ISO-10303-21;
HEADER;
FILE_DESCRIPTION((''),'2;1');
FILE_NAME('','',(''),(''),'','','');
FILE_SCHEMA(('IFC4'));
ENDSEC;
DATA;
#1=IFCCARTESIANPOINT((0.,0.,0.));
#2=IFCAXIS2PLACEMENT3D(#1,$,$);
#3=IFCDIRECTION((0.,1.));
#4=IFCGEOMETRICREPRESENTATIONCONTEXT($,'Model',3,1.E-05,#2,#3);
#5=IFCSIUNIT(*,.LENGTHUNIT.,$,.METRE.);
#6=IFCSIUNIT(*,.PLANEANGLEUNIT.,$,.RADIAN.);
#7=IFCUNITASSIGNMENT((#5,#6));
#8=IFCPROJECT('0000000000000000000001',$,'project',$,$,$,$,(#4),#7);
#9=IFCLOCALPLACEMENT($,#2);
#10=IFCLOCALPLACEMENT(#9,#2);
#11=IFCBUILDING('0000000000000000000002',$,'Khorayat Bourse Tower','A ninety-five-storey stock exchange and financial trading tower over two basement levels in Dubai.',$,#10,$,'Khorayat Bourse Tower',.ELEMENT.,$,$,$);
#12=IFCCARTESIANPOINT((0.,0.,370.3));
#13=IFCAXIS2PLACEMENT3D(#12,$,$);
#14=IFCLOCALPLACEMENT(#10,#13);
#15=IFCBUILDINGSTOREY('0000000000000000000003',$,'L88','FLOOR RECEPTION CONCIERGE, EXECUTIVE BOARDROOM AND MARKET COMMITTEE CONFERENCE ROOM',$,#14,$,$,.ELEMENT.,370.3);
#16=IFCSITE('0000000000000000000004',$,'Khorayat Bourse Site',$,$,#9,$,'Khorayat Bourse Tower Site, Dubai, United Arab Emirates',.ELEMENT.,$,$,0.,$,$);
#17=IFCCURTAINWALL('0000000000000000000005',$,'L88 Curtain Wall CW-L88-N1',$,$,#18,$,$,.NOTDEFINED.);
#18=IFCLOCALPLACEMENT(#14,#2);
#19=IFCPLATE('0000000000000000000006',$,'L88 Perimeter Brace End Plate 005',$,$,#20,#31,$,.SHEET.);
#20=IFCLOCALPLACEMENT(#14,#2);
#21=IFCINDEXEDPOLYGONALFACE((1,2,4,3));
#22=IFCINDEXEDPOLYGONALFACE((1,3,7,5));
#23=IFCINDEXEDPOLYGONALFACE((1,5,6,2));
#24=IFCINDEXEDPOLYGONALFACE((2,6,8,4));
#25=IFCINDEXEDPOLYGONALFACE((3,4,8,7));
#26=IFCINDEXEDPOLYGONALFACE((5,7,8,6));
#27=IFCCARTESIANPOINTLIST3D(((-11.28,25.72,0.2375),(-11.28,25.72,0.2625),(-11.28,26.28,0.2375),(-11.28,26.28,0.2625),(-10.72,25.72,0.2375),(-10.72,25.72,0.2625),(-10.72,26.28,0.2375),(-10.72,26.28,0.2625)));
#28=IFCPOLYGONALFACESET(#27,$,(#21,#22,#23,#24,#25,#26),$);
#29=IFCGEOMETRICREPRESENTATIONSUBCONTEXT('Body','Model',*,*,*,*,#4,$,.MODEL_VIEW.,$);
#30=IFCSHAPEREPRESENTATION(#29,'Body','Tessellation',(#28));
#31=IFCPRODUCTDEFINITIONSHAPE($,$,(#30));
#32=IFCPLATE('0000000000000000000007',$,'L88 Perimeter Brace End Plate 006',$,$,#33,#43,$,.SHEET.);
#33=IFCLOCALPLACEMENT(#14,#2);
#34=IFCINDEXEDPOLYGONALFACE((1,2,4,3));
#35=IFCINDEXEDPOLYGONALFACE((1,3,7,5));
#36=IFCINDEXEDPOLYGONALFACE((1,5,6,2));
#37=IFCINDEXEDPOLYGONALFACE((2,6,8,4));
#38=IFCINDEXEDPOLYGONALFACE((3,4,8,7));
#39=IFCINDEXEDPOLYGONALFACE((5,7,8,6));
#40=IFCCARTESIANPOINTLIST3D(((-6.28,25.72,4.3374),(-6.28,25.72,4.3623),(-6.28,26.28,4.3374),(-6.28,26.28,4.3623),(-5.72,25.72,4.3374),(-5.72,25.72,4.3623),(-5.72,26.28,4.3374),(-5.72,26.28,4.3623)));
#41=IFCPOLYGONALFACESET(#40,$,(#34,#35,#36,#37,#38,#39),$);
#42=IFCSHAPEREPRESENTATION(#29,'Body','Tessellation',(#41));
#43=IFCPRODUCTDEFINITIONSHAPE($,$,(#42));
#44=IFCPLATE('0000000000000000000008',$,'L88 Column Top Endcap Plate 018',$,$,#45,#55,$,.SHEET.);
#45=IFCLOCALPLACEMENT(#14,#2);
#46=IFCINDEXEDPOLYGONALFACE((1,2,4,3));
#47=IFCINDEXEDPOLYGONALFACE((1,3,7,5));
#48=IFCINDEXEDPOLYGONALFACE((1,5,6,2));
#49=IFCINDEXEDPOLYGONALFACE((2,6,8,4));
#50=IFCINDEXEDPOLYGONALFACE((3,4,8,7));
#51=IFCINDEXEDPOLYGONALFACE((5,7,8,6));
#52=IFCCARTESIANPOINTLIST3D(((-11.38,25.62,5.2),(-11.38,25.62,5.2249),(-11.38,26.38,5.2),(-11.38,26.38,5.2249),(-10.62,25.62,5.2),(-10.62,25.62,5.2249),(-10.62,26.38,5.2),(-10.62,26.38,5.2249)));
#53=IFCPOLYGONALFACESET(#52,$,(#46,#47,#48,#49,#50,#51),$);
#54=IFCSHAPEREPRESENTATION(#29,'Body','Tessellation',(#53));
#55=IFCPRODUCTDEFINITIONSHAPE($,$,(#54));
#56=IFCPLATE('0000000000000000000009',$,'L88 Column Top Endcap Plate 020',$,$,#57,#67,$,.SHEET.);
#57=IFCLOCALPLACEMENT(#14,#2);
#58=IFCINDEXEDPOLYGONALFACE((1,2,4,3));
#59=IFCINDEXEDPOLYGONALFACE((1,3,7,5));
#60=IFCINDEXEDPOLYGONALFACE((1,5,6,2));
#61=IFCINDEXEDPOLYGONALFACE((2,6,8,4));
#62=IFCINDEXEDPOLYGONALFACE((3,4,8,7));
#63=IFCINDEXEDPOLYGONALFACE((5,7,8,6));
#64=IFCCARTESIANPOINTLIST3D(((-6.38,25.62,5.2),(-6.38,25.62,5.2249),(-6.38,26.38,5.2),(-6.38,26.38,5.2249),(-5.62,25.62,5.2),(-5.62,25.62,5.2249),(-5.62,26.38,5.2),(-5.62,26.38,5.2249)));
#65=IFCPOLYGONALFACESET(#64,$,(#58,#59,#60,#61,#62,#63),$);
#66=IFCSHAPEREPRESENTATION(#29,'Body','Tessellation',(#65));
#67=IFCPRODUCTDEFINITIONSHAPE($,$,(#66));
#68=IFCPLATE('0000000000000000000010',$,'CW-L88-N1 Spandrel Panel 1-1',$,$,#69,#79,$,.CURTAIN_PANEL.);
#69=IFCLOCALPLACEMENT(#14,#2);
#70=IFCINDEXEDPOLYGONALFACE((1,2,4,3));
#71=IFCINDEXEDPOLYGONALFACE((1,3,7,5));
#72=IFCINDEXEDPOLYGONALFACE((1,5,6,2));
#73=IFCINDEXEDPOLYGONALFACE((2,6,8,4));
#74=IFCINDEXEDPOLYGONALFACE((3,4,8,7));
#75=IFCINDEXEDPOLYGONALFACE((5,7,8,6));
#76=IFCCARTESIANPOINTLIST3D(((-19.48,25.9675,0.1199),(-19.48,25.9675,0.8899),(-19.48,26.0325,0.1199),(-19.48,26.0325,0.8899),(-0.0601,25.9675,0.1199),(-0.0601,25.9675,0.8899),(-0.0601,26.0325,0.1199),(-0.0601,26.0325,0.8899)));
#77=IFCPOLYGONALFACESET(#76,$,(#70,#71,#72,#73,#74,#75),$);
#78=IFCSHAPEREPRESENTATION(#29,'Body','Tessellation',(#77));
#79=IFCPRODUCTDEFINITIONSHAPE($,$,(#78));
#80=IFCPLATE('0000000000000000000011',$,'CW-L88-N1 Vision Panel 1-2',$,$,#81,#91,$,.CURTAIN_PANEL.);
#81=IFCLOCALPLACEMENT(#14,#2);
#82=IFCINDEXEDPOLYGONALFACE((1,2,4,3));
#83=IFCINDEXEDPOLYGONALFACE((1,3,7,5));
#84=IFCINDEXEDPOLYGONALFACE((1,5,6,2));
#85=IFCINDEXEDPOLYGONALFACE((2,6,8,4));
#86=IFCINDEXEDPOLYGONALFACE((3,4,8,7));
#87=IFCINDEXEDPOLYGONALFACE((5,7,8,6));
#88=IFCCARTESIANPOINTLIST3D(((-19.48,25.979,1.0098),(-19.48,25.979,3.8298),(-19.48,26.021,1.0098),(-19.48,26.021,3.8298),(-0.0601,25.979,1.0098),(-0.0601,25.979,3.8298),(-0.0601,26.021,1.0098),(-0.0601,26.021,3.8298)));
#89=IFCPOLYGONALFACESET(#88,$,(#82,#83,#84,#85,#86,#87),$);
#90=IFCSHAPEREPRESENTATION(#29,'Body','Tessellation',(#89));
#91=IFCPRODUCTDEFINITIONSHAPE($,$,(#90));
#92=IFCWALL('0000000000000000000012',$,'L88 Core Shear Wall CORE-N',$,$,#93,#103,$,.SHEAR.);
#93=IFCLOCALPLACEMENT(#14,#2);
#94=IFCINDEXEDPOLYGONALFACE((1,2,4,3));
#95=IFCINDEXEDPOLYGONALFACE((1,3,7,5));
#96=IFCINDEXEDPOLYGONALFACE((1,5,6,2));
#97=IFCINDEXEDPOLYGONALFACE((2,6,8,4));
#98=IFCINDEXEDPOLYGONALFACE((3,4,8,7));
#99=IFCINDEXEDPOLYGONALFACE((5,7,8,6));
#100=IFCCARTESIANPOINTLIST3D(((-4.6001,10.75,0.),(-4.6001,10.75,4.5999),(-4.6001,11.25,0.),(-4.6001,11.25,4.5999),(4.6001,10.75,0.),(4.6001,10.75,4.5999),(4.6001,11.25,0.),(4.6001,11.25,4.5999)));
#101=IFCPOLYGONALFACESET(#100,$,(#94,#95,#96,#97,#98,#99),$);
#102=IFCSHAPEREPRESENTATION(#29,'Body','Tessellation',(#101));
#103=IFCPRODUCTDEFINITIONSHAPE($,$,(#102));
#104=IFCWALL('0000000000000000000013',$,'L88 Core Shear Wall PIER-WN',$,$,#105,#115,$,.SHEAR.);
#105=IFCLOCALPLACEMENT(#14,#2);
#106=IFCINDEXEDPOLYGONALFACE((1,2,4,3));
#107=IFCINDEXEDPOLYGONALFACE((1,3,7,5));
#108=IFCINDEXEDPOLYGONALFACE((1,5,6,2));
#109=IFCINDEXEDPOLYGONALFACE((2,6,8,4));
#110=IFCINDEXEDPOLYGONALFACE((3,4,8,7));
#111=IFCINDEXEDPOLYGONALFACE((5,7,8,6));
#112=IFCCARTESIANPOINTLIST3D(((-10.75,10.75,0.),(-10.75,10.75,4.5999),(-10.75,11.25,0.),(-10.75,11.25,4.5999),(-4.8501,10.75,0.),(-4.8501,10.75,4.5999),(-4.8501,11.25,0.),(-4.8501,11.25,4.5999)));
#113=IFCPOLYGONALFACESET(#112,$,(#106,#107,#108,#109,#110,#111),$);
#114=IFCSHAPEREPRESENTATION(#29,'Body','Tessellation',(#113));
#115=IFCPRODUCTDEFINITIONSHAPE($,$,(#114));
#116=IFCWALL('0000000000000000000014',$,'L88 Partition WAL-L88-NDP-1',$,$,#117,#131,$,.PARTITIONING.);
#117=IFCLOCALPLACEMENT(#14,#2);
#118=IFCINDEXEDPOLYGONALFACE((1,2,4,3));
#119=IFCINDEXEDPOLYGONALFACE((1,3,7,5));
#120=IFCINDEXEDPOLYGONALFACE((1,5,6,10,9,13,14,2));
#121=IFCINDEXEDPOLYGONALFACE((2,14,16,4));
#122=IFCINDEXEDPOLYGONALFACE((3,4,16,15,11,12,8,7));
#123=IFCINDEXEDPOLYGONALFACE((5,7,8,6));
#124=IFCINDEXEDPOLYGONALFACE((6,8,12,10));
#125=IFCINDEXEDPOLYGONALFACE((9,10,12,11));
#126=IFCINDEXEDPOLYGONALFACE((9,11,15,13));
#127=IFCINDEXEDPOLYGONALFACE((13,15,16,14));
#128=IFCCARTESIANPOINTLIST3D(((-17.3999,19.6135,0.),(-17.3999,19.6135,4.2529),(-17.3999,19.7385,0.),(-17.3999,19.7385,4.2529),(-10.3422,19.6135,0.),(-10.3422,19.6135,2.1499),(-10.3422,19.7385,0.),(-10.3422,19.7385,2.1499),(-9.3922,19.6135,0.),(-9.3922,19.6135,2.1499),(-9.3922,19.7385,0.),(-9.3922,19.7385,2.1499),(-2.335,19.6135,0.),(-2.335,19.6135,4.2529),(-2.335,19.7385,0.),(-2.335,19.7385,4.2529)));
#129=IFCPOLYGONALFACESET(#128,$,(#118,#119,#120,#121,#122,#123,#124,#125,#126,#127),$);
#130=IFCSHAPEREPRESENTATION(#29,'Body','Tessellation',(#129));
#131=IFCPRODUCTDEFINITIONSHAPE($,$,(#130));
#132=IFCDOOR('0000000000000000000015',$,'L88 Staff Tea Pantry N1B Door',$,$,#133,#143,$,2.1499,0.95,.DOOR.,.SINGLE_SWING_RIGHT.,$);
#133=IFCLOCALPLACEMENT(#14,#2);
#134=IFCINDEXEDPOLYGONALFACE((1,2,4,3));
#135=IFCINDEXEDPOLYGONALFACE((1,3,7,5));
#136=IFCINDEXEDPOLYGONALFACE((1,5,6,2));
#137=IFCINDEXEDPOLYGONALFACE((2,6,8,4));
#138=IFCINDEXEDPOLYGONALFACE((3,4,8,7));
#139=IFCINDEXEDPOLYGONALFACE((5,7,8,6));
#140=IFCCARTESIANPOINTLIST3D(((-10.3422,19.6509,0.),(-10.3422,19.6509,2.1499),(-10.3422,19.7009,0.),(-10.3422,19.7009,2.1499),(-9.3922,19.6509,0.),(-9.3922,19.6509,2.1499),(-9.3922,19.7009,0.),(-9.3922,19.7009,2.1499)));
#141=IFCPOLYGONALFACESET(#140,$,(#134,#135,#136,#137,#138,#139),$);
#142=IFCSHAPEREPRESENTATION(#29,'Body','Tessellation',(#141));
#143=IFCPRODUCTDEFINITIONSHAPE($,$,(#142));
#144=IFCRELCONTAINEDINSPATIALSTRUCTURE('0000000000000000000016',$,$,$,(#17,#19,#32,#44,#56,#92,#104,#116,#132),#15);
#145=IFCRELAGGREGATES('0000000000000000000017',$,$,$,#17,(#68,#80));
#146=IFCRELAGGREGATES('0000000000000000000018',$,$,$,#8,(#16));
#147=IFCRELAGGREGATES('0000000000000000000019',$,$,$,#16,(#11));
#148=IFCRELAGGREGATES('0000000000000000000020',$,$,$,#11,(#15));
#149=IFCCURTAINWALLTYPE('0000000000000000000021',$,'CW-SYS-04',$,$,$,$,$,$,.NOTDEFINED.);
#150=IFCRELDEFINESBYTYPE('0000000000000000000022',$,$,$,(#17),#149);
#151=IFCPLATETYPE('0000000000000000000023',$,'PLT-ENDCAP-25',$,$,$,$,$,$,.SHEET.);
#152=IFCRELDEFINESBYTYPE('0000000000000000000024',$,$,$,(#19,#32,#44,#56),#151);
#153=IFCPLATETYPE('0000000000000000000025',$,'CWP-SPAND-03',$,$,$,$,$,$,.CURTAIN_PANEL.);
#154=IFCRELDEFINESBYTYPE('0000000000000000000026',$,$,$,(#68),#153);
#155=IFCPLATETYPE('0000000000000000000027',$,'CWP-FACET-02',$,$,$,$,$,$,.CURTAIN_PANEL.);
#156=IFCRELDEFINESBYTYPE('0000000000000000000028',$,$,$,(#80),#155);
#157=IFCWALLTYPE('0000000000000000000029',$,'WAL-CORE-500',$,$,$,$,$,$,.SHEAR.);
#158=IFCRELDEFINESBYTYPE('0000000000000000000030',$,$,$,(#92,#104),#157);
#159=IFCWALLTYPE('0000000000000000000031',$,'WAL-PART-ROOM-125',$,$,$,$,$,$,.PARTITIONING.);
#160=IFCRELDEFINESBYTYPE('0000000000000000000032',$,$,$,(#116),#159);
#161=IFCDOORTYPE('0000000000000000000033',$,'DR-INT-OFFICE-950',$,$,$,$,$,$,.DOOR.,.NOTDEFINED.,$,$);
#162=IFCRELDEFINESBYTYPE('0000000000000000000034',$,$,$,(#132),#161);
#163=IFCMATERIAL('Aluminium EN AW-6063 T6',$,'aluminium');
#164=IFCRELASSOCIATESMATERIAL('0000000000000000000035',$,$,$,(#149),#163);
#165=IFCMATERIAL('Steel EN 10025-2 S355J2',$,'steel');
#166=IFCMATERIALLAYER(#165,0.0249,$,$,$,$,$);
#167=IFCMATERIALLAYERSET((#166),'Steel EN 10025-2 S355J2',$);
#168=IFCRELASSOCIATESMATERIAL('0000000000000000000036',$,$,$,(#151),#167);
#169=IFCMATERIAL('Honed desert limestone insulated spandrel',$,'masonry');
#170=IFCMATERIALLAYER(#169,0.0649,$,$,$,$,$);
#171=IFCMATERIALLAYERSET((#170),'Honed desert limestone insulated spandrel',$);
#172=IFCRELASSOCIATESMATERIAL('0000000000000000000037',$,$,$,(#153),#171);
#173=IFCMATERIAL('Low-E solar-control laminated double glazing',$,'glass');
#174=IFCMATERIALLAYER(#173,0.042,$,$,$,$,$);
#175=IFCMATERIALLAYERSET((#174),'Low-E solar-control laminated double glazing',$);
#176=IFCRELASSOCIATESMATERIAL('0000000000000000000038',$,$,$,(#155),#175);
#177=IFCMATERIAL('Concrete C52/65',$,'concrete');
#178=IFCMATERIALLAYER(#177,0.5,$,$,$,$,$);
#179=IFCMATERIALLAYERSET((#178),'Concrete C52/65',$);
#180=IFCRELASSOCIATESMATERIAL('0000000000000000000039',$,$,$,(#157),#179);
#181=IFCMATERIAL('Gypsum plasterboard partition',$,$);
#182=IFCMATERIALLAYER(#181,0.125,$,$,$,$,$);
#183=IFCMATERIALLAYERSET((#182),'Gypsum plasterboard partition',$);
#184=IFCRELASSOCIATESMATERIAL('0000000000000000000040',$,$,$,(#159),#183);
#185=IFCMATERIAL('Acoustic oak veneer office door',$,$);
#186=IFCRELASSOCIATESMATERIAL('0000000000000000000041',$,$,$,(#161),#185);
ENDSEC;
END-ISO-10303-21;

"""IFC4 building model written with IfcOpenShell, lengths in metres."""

from ifc_helpers import new_model, si_unit, direction, frame, frame_2d, origin, origin_2d, place, context, subcontext, project, spatial, rectangle, extrude, source, transform, mapped, material, layer, layer_set, type_object, element, fill, aggregate, save


model = new_model("IFC4")

# Units and contexts
model_context = context("Model", 3, precision=1e-05, world=origin(), true_north=direction((0.0, 1.0)))
body_context = subcontext(model_context, "Body", "Model", "MODEL_VIEW")
ifc_project = project(units=[si_unit("LENGTHUNIT", "METRE"), si_unit("PLANEANGLEUNIT", "RADIAN")], contexts=[model_context])

# Site, building, storey
site_placement = place(None, origin())
site = spatial("IfcSite", under=ifc_project, at=site_placement, Name="Khorayat Bourse Site", LongName="Khorayat Bourse Tower Site, Dubai, United Arab Emirates", CompositionType="ELEMENT", RefElevation=0.0)
building_placement = place(site_placement, origin())
building = spatial("IfcBuilding", under=site, at=building_placement, Name="Khorayat Bourse Tower", Description="A ninety-five-storey stock exchange and financial trading tower over two basement levels in Dubai.", LongName="Khorayat Bourse Tower", CompositionType="ELEMENT")
storey_placement = place(building_placement, frame((0.0, 0.0, 370.3)))
storey = spatial("IfcBuildingStorey", under=building, at=storey_placement, Name="L88", Description="FLOOR RECEPTION CONCIERGE, EXECUTIVE BOARDROOM AND MARKET COMMITTEE CONFERENCE ROOM", CompositionType="ELEMENT", Elevation=370.3)

# Shared definitions
ifc_material_1 = material(Name="Concrete C52/65", Category="concrete")
ifc_material_2 = material(Name="Steel EN 10025-2 S355J2", Category="steel")

# Curtain wall
ifc_material_3 = material(Name="Aluminium EN AW-6063 T6", Category="aluminium")
curtain_wall_type = type_object("IfcCurtainWallType", Name="CW-SYS-04", PredefinedType="NOTDEFINED", material=ifc_material_3)
curtain_wall_placement = place(storey_placement, origin())
curtain_wall = element("IfcCurtainWall", 1, at=curtain_wall_placement, inside=storey, type_object=curtain_wall_type, Name="L88 Curtain Wall CW-L88-N1", PredefinedType="NOTDEFINED")

# Plates
ifc_layer_1 = layer(ifc_material_2, 0.0249)
ifc_layer_set_1 = layer_set([ifc_layer_1], Name="Steel EN 10025-2 S355J2")
plate_type_1 = type_object("IfcPlateType", Name="PLT-ENDCAP-25", PredefinedType="SHEET", material=ifc_layer_set_1)
shared_shape_1 = source(origin(), body_context, "Body", "SweptSolid", [
    extrude(rectangle(XDim=0.5601, YDim=0.5601, at=origin_2d()), origin(), (0.0, 0.0, 1.0), 0.0249),
])
for number, where, z_axis, x_axis, name in (
    (2, (-11.0, 26.0, 0.2375), (0.0, 0.0, 1.0), (1.0, 0.0, 0.0), "L88 Perimeter Brace End Plate 005"),
    (3, (-6.0, 26.0, 4.3374), (0.0, 0.0, 1.0), (1.0, 0.0, 0.0), "L88 Perimeter Brace End Plate 006"),
):
    element("IfcPlate", number, at=place(storey_placement, frame(where, z_axis=z_axis, x_axis=x_axis)), inside=storey, type_object=plate_type_1, Name=name, PredefinedType="SHEET", context=body_context, shape_type="MappedRepresentation", body=[
        mapped(shared_shape_1, transform((0.0, 0.0, 0.0), scale=1.0)),
    ])
shared_shape_2 = source(origin(), body_context, "Body", "SweptSolid", [
    extrude(rectangle(XDim=0.76, YDim=0.76, at=origin_2d()), origin(), (0.0, 0.0, 1.0), 0.0249),
])
for number, where, z_axis, x_axis, name in (
    (4, (-11.0, 26.0, 5.2), (0.0, 0.0, 1.0), (1.0, 0.0, 0.0), "L88 Column Top Endcap Plate 018"),
    (5, (-6.0, 26.0, 5.2), (0.0, 0.0, 1.0), (1.0, 0.0, 0.0), "L88 Column Top Endcap Plate 020"),
):
    element("IfcPlate", number, at=place(storey_placement, frame(where, z_axis=z_axis, x_axis=x_axis)), inside=storey, type_object=plate_type_1, Name=name, PredefinedType="SHEET", context=body_context, shape_type="MappedRepresentation", body=[
        mapped(shared_shape_2, transform((0.0, 0.0, 0.0), scale=1.0)),
    ])

# Plates
ifc_material_4 = material(Name="Honed desert limestone insulated spandrel", Category="masonry")
ifc_layer_2 = layer(ifc_material_4, 0.0649)
ifc_layer_set_2 = layer_set([ifc_layer_2], Name="Honed desert limestone insulated spandrel")
plate_type_2 = type_object("IfcPlateType", Name="CWP-SPAND-03", PredefinedType="CURTAIN_PANEL", material=ifc_layer_set_2)
shared_shape_3 = source(origin(), body_context, "Body", "SweptSolid", [
    extrude(rectangle(XDim=19.4199, YDim=0.0649, at=origin_2d()), origin(), (0.0, 0.0, 1.0), 0.77),
])
plate_1_placement = place(storey_placement, frame((-9.77, 26.0, 0.1199), z_axis=(0.0, 0.0, 1.0), x_axis=(1.0, 0.0, 0.0)))
plate_1 = element("IfcPlate", 6, at=plate_1_placement, type_object=plate_type_2, Name="CW-L88-N1 Spandrel Panel 1-1", PredefinedType="CURTAIN_PANEL", context=body_context, shape_type="MappedRepresentation", body=[
    mapped(shared_shape_3, transform((0.0, 0.0, 0.0), scale=1.0)),
])
ifc_material_5 = material(Name="Low-E solar-control laminated double glazing", Category="glass")
ifc_layer_3 = layer(ifc_material_5, 0.042)
ifc_layer_set_3 = layer_set([ifc_layer_3], Name="Low-E solar-control laminated double glazing")
plate_type_3 = type_object("IfcPlateType", Name="CWP-FACET-02", PredefinedType="CURTAIN_PANEL", material=ifc_layer_set_3)
shared_shape_4 = source(origin(), body_context, "Body", "SweptSolid", [
    extrude(rectangle(XDim=19.4199, YDim=0.042, at=origin_2d()), origin(), (0.0, 0.0, 1.0), 2.8201),
])
plate_2_placement = place(storey_placement, frame((-9.77, 26.0, 1.0098), z_axis=(0.0, 0.0, 1.0), x_axis=(1.0, 0.0, 0.0)))
plate_2 = element("IfcPlate", 7, at=plate_2_placement, type_object=plate_type_3, Name="CW-L88-N1 Vision Panel 1-2", PredefinedType="CURTAIN_PANEL", context=body_context, shape_type="MappedRepresentation", body=[
    mapped(shared_shape_4, transform((0.0, 0.0, 0.0), scale=1.0)),
])
aggregate(curtain_wall, [plate_1, plate_2])

# Walls
ifc_layer_4 = layer(ifc_material_1, 0.5)
ifc_layer_set_4 = layer_set([ifc_layer_4], Name="Concrete C52/65")
wall_type_1 = type_object("IfcWallType", Name="WAL-CORE-500", PredefinedType="SHEAR", material=ifc_layer_set_4)
shared_shape_5 = source(origin(), body_context, "Body", "SweptSolid", [
    extrude(rectangle(XDim=9.2002, YDim=0.5, at=frame_2d((4.6001, 0.0))), origin(), (0.0, 0.0, 1.0), 4.5999),
])
wall_1_placement = place(storey_placement, frame((-4.6001, 11.0, 0.0), z_axis=(0.0, 0.0, 1.0), x_axis=(1.0, 0.0, 0.0)))
element("IfcWall", 8, at=wall_1_placement, inside=storey, type_object=wall_type_1, Name="L88 Core Shear Wall CORE-N", PredefinedType="SHEAR", context=body_context, shape_type="MappedRepresentation", body=[
    mapped(shared_shape_5, transform((0.0, 0.0, 0.0), scale=1.0)),
])
shared_shape_6 = source(origin(), body_context, "Body", "SweptSolid", [
    extrude(rectangle(XDim=5.8999, YDim=0.5, at=frame_2d((2.95, 0.0))), origin(), (0.0, 0.0, 1.0), 4.5999),
])
wall_2_placement = place(storey_placement, frame((-10.75, 11.0, 0.0), z_axis=(0.0, 0.0, 1.0), x_axis=(1.0, 0.0, 0.0)))
element("IfcWall", 9, at=wall_2_placement, inside=storey, type_object=wall_type_1, Name="L88 Core Shear Wall PIER-WN", PredefinedType="SHEAR", context=body_context, shape_type="MappedRepresentation", body=[
    mapped(shared_shape_6, transform((0.0, 0.0, 0.0), scale=1.0)),
])

# Wall, opening, door
ifc_material_6 = material(Name="Gypsum plasterboard partition")
ifc_layer_5 = layer(ifc_material_6, 0.125)
ifc_layer_set_5 = layer_set([ifc_layer_5], Name="Gypsum plasterboard partition")
wall_type_2 = type_object("IfcWallType", Name="WAL-PART-ROOM-125", PredefinedType="PARTITIONING", material=ifc_layer_set_5)
shared_shape_7 = source(origin(), body_context, "Body", "SweptSolid", [
    extrude(rectangle(XDim=15.0649, YDim=0.125, at=frame_2d((7.5325, 0.0))), origin(), (0.0, 0.0, 1.0), 4.2529),
])
wall_3_placement = place(storey_placement, frame((-17.3999, 19.676, 0.0), z_axis=(0.0, 0.0, 1.0), x_axis=(1.0, 0.0, 0.0)))
wall_3 = element("IfcWall", 10, at=wall_3_placement, inside=storey, type_object=wall_type_2, Name="L88 Partition WAL-L88-NDP-1", PredefinedType="PARTITIONING", context=body_context, shape_type="MappedRepresentation", body=[
    mapped(shared_shape_7, transform((0.0, 0.0, 0.0), scale=1.0)),
])
shared_shape_8 = source(origin(), body_context, "Body", "SweptSolid", [
    extrude(rectangle(XDim=0.95, YDim=2.1499, at=frame_2d((0.4751, 1.075))), frame((0.0, 0.0725, 0.0), z_axis=(0.0, -1.0, 0.0), x_axis=(1.0, 0.0, 0.0)), (0.0, 0.0, 1.0), 0.145),
])
opening_1_placement = place(wall_3_placement, frame((7.0576, 0.0, 0.0)))
opening_1 = element("IfcOpeningElement", 11, at=opening_1_placement, cuts=wall_3, PredefinedType="OPENING", context=body_context, shape_type="MappedRepresentation", body=[
    mapped(shared_shape_8, transform((0.0, 0.0, 0.0), scale=1.0)),
])
ifc_material_7 = material(Name="Acoustic oak veneer office door")
door_type_1 = type_object("IfcDoorType", Name="DR-INT-OFFICE-950", OperationType="NOTDEFINED", PredefinedType="DOOR", material=ifc_material_7)
shared_shape_9 = source(origin(), body_context, "Body", "SweptSolid", [
    extrude(rectangle(XDim=0.95, YDim=2.1499, at=frame_2d((0.4751, 1.075))), frame((0.0, 0.0249, 0.0), z_axis=(0.0, -1.0, 0.0), x_axis=(1.0, 0.0, 0.0)), (0.0, 0.0, 1.0), 0.05),
])
door_1_placement = place(opening_1_placement, origin())
door_1 = element("IfcDoor", 12, at=door_1_placement, inside=storey, type_object=door_type_1, Name="L88 Staff Tea Pantry N1B Door", OperationType="SINGLE_SWING_RIGHT", OverallHeight=2.1499, OverallWidth=0.95, PredefinedType="DOOR", context=body_context, shape_type="MappedRepresentation", body=[
    mapped(shared_shape_9, transform((0.0, 0.0, 0.0), scale=1.0)),
])
fill(opening_1, door_1)

save(model, "model.ifc")
